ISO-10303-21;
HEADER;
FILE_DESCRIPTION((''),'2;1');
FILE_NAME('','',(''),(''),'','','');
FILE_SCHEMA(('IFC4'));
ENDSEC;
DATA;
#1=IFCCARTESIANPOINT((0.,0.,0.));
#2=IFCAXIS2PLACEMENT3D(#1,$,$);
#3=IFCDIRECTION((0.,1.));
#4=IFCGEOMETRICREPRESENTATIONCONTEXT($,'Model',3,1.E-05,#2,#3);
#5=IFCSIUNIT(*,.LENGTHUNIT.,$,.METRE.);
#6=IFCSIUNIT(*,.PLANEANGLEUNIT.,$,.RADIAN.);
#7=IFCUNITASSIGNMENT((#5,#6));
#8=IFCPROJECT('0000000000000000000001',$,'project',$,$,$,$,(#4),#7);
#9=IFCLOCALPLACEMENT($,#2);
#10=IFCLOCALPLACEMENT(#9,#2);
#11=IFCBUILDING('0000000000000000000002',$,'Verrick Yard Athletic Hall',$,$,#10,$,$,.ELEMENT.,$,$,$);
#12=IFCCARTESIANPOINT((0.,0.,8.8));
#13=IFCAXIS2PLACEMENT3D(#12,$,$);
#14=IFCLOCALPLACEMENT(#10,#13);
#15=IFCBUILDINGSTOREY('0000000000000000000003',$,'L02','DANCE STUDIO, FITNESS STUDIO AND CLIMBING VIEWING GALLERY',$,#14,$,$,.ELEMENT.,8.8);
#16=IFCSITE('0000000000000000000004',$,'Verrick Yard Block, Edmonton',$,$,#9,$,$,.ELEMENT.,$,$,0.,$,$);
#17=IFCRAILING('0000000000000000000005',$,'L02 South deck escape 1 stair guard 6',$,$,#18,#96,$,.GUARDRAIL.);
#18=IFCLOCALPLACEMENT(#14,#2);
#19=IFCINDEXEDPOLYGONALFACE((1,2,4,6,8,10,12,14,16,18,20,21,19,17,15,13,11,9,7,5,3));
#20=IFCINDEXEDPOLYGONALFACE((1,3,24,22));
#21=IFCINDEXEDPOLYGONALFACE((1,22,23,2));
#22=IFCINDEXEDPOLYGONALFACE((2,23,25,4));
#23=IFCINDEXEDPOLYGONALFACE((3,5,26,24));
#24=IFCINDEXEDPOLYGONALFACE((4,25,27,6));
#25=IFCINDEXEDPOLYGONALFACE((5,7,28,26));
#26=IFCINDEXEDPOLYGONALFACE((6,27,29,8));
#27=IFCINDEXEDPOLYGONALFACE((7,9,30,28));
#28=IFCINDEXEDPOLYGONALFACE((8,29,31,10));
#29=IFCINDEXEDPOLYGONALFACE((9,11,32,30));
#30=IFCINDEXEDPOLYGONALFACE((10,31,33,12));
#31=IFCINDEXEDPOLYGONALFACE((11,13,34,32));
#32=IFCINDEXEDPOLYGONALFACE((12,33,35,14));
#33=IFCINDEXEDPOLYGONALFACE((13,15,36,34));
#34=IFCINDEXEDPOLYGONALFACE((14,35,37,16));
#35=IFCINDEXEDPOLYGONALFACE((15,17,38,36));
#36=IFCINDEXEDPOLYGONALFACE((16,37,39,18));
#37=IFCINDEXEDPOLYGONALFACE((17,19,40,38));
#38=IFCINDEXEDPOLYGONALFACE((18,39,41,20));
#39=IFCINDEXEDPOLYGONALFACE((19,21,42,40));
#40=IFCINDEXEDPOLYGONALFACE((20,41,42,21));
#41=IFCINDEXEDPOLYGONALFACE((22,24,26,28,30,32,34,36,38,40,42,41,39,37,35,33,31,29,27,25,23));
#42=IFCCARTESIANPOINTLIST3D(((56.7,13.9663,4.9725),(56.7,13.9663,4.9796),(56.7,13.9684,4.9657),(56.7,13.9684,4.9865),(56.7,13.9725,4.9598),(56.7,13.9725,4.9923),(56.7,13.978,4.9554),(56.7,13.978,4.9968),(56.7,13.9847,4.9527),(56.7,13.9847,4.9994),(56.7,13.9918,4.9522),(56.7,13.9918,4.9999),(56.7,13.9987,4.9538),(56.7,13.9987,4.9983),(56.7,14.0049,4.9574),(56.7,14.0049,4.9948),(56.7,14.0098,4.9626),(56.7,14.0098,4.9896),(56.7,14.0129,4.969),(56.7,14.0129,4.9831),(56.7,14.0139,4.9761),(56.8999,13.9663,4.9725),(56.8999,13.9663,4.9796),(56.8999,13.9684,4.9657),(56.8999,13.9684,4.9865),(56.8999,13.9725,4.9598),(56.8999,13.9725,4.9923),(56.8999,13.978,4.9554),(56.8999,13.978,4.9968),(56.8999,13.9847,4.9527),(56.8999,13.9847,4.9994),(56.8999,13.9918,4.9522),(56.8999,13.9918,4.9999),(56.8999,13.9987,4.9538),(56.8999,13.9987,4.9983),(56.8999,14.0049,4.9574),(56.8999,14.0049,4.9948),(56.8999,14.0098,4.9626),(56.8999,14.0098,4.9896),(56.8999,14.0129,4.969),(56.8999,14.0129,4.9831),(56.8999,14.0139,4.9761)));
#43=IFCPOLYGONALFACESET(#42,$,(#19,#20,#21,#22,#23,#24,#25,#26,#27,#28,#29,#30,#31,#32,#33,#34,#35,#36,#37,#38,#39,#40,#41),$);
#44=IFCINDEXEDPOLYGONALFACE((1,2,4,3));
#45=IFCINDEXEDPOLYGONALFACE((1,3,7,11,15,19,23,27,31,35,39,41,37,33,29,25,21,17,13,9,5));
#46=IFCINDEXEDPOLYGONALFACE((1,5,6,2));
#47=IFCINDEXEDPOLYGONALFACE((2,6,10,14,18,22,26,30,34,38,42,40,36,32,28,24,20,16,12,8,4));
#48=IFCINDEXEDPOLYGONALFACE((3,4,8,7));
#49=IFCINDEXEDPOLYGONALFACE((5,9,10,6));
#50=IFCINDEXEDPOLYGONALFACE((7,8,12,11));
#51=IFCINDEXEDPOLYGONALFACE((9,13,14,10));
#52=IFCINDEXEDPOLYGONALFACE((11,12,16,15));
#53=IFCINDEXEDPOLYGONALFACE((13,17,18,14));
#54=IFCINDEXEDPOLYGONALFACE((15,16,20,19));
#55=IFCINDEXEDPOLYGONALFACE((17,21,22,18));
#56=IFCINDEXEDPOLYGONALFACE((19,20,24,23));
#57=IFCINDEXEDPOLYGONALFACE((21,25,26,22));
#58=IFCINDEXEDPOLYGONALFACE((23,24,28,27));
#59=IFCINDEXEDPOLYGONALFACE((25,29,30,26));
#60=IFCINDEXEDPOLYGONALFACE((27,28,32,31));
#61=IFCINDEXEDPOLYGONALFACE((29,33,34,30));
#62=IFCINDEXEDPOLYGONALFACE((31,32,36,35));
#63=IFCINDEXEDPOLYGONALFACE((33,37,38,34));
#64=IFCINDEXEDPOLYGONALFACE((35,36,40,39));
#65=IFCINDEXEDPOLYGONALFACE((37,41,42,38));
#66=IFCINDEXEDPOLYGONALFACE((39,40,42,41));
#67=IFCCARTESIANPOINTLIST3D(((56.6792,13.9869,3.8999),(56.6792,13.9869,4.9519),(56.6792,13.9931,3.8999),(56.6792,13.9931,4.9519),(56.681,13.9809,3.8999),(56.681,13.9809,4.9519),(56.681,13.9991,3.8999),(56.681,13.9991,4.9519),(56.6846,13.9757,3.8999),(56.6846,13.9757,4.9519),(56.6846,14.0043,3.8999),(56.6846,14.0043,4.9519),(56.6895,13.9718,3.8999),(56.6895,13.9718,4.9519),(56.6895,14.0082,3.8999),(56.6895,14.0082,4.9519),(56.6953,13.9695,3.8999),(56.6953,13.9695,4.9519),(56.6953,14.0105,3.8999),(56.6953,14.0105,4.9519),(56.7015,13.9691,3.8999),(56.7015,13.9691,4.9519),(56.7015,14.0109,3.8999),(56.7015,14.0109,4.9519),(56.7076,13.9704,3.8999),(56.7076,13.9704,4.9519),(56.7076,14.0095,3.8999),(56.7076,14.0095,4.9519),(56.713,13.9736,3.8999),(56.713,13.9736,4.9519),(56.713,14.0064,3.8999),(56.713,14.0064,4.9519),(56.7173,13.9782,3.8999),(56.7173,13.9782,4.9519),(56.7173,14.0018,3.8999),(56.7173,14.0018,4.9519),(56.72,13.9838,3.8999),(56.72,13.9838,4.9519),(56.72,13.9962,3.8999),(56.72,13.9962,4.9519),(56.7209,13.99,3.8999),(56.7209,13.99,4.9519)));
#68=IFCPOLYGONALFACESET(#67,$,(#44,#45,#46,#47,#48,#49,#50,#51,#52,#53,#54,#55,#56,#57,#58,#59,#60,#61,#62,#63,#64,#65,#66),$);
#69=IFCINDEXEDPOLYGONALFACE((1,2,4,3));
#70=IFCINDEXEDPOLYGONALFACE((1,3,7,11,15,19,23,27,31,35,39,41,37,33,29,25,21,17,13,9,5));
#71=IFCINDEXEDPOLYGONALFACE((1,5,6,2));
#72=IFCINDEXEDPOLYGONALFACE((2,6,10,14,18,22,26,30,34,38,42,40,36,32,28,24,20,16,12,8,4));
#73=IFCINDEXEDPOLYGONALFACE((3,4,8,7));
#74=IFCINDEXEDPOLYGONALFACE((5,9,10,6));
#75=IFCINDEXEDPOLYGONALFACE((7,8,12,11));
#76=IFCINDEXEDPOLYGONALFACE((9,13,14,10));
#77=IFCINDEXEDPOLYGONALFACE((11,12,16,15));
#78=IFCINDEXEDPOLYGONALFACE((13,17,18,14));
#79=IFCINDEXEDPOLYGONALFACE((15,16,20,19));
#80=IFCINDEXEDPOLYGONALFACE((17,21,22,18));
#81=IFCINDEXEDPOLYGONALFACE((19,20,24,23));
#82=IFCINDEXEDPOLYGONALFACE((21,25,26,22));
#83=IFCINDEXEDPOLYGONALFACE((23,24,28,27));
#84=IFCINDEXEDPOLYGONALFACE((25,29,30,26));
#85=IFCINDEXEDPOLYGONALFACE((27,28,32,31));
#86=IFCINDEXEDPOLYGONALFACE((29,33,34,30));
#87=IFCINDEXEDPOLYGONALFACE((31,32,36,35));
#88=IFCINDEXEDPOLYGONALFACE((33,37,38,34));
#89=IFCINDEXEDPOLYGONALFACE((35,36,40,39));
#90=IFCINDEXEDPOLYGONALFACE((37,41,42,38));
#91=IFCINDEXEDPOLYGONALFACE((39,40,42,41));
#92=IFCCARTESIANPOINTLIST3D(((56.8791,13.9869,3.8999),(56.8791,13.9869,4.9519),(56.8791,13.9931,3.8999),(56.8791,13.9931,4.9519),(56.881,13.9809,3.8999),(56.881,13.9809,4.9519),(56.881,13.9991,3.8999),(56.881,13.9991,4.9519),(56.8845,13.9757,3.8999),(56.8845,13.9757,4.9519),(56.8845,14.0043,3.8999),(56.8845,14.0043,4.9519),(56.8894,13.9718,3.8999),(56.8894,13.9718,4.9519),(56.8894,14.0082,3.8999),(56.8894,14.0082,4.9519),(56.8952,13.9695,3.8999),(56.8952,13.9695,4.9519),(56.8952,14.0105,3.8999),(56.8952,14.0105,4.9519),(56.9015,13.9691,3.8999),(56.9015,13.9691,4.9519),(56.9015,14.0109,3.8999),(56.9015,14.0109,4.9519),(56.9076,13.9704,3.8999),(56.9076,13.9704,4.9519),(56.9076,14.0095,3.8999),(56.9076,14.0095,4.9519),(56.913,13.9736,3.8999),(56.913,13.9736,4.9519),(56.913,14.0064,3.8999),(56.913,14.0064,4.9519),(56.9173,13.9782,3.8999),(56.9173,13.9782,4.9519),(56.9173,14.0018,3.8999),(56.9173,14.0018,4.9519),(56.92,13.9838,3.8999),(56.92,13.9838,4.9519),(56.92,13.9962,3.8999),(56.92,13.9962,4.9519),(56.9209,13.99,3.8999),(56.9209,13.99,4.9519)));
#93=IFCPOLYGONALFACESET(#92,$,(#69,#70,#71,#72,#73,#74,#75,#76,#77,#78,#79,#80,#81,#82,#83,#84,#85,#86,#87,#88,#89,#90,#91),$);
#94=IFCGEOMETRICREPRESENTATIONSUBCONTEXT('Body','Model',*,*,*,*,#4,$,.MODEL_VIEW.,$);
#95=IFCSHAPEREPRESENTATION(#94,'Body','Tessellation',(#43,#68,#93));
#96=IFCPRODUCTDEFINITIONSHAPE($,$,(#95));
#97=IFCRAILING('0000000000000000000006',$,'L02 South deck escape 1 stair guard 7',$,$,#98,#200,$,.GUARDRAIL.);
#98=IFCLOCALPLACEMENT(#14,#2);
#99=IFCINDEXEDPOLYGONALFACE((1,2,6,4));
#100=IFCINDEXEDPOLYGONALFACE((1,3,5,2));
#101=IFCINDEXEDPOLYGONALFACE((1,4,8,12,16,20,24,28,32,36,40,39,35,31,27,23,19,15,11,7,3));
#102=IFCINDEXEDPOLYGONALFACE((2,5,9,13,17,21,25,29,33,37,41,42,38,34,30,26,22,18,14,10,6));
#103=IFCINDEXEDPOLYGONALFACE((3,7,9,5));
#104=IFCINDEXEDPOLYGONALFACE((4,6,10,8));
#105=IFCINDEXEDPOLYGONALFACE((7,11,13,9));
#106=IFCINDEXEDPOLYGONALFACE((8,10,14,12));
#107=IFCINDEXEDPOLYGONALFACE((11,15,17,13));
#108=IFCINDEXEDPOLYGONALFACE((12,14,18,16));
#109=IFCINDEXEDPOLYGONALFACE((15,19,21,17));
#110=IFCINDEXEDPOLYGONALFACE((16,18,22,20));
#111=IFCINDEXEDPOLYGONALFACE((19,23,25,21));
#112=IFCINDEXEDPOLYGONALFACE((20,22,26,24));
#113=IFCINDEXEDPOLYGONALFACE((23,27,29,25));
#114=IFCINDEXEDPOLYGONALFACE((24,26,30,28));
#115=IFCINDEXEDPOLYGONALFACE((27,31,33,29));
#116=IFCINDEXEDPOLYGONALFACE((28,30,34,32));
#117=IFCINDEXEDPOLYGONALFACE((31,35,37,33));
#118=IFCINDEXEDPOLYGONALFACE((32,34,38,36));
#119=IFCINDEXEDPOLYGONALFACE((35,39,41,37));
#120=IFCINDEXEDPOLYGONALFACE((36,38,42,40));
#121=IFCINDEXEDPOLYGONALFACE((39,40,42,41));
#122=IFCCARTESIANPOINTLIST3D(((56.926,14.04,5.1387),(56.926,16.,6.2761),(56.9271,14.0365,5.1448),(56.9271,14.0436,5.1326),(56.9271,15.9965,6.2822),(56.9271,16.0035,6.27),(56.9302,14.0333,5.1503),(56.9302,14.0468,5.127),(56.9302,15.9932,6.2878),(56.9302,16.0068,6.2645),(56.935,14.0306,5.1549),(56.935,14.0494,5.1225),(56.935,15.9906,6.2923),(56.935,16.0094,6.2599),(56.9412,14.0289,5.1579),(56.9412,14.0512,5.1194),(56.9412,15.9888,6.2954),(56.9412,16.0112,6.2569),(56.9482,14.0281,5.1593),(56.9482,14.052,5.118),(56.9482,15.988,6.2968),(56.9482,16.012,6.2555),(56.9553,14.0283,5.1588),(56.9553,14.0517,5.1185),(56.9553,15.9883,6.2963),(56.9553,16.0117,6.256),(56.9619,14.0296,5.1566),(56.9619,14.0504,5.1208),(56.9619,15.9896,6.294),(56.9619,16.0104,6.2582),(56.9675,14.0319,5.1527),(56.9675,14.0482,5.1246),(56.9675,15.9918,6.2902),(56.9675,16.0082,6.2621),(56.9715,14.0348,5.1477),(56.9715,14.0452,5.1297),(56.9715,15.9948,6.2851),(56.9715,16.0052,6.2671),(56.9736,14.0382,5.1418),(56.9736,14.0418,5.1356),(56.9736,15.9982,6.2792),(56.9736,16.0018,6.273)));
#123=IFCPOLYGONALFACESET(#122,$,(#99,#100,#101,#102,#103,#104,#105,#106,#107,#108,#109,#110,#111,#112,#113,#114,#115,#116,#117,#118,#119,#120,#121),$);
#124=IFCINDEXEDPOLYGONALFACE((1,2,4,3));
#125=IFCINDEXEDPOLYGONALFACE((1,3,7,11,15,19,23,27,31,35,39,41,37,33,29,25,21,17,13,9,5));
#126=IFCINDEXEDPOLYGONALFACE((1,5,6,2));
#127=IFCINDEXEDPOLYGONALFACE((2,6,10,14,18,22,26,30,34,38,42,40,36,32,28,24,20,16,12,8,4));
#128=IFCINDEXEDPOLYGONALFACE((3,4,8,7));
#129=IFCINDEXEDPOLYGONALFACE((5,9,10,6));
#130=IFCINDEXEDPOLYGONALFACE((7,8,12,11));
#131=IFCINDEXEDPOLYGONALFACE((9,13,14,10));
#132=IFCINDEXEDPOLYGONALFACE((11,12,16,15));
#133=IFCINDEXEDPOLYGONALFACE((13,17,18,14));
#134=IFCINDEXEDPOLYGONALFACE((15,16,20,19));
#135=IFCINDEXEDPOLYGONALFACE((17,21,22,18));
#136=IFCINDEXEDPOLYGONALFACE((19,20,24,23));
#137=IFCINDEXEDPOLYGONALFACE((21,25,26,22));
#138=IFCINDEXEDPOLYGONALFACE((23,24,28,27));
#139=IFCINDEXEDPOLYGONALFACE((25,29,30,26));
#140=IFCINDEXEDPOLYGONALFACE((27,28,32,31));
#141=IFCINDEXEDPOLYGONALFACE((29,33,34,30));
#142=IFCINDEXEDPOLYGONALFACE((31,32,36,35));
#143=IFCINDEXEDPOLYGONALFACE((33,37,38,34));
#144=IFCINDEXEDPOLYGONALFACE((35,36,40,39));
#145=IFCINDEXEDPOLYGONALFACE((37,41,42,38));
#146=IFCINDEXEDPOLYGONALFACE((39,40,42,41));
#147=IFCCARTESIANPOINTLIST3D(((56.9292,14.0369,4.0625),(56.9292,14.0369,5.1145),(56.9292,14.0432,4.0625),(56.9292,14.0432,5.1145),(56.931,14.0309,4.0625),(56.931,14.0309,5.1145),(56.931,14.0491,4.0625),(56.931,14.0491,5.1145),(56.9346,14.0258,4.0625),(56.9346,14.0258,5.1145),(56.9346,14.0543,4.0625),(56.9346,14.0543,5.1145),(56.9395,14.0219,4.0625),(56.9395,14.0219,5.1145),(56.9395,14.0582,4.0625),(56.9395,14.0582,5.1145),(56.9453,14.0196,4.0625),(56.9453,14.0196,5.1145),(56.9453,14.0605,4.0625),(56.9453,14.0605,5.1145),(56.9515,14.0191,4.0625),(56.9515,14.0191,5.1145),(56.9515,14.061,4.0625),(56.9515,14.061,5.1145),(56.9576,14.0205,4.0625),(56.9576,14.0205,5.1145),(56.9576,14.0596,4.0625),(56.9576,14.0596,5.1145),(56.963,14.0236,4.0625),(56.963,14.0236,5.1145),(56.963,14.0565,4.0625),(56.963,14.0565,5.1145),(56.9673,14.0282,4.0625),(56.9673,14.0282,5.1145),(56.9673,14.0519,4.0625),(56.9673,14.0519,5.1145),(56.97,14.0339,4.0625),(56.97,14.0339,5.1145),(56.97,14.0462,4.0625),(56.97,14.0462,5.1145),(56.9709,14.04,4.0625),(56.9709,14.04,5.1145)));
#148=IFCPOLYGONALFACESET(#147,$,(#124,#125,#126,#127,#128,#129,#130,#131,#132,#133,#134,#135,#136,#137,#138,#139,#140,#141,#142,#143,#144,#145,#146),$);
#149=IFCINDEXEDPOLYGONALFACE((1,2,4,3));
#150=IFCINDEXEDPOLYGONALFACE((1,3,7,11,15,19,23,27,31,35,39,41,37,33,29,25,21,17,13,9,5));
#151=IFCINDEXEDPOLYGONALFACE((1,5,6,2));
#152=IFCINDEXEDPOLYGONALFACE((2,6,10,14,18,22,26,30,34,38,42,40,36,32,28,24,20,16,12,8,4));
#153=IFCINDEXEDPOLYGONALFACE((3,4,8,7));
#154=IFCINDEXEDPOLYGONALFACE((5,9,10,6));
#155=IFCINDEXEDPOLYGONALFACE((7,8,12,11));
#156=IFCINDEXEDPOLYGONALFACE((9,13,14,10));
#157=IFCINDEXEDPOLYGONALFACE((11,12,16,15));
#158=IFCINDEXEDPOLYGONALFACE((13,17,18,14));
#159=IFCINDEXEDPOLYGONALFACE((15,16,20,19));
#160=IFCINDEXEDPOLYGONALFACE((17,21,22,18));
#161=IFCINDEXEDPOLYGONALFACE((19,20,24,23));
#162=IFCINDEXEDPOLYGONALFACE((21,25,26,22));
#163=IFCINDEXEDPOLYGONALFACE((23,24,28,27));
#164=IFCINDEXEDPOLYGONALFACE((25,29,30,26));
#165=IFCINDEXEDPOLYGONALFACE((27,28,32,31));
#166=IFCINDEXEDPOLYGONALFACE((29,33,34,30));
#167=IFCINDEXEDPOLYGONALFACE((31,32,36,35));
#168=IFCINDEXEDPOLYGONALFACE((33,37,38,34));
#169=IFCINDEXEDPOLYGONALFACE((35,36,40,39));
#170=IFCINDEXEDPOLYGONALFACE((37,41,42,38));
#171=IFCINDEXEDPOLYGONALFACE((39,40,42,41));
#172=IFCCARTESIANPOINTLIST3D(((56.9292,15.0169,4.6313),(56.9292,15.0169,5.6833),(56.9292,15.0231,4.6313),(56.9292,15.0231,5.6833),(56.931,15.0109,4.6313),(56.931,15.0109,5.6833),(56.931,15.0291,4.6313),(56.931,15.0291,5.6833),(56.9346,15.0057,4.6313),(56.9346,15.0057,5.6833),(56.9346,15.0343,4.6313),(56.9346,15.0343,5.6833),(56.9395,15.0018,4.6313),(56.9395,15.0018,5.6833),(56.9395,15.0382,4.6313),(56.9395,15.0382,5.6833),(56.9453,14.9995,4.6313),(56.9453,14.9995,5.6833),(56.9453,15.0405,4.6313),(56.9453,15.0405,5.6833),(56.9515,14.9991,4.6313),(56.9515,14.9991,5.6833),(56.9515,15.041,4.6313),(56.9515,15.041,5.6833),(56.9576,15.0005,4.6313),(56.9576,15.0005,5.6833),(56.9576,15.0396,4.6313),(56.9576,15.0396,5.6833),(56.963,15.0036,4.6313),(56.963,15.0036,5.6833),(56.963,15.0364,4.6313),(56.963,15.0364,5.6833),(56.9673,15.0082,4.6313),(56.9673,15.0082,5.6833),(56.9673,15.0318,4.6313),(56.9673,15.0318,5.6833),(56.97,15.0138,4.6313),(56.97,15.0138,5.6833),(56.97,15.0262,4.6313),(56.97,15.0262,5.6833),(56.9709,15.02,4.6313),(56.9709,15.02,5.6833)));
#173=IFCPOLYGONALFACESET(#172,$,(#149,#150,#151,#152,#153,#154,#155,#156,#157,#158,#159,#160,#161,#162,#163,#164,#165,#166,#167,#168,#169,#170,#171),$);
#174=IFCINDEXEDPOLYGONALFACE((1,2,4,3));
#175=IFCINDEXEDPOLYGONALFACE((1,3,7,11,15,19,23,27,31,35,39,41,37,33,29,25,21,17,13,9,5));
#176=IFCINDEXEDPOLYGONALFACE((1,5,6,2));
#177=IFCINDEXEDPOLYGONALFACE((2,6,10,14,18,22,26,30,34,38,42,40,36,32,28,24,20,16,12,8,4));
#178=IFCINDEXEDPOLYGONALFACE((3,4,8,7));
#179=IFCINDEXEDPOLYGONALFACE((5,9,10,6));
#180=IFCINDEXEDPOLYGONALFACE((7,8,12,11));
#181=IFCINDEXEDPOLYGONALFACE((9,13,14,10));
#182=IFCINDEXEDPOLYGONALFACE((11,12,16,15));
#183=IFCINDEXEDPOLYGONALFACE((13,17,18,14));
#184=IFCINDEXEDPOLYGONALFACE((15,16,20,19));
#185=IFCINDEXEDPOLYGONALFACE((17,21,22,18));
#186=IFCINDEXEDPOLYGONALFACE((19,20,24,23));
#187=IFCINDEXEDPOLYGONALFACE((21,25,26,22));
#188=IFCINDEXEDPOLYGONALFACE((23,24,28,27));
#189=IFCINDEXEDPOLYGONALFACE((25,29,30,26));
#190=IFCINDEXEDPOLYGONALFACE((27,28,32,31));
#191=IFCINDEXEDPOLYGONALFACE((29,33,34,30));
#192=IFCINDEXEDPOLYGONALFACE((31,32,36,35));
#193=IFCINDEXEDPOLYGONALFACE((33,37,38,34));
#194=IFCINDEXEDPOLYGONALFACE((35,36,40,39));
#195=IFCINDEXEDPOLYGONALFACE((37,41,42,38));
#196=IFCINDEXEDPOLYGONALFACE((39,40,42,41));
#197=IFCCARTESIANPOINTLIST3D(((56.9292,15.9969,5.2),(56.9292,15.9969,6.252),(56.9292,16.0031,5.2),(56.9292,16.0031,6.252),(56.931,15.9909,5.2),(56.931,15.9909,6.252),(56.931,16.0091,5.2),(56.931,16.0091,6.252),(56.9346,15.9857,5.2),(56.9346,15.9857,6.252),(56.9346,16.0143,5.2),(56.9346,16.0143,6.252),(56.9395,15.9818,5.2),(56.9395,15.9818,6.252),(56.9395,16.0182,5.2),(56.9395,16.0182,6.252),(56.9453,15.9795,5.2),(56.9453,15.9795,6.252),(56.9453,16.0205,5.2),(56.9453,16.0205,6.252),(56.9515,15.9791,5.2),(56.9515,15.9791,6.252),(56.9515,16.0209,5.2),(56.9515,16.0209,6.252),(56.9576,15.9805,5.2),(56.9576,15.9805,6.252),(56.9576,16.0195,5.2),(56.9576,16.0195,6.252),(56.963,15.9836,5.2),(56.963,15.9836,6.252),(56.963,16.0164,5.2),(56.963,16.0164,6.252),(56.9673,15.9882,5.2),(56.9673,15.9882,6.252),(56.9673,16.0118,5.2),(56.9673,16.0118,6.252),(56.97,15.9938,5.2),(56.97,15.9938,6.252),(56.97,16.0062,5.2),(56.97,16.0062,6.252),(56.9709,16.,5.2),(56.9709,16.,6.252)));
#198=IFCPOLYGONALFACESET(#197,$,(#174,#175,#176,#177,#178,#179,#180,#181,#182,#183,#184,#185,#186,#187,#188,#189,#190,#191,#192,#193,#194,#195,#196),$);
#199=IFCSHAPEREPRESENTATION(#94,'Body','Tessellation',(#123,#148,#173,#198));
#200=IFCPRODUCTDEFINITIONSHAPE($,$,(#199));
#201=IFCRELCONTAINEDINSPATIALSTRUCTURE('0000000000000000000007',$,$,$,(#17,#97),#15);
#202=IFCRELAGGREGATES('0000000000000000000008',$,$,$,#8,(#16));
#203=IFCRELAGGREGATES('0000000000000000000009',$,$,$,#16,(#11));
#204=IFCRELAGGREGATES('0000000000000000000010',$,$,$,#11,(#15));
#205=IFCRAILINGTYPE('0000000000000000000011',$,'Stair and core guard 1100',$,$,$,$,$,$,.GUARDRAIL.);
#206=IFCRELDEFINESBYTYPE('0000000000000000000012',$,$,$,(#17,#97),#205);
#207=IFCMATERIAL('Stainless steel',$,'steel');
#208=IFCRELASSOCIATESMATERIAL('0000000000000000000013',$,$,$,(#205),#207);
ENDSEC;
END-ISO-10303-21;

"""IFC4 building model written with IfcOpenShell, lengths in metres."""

from ifc_helpers import new_model, si_unit, direction, frame, origin, origin_2d, place, context, subcontext, project, spatial, circle, extrude, material, type_object, element, save


model = new_model("IFC4")

# Units and contexts
model_context = context("Model", 3, precision=1e-05, world=origin(), true_north=direction((0.0, 1.0)))
body_context = subcontext(model_context, "Body", "Model", "MODEL_VIEW")
ifc_project = project(units=[si_unit("LENGTHUNIT", "METRE"), si_unit("PLANEANGLEUNIT", "RADIAN")], contexts=[model_context])

# Site, building, storey
site_placement = place(None, origin())
site = spatial("IfcSite", under=ifc_project, at=site_placement, Name="Verrick Yard Block, Edmonton", CompositionType="ELEMENT", RefElevation=0.0)
building_placement = place(site_placement, origin())
building = spatial("IfcBuilding", under=site, at=building_placement, Name="Verrick Yard Athletic Hall", CompositionType="ELEMENT")
storey_placement = place(building_placement, frame((0.0, 0.0, 8.8)))
storey = spatial("IfcBuildingStorey", under=building, at=storey_placement, Name="L02", Description="DANCE STUDIO, FITNESS STUDIO AND CLIMBING VIEWING GALLERY", CompositionType="ELEMENT", Elevation=8.8)

# Railings
ifc_material_1 = material(Name="Stainless steel", Category="steel")
railing_type_1 = type_object("IfcRailingType", Name="Stair and core guard 1100", PredefinedType="GUARDRAIL", material=ifc_material_1)
railing_1_placement = place(storey_placement, frame((56.7, 13.99, 3.8999)))
element("IfcRailing", 1, at=railing_1_placement, inside=storey, type_object=railing_type_1, Name="L02 South deck escape 1 stair guard 6", PredefinedType="GUARDRAIL", context=body_context, shape_type="SweptSolid", body=[
    extrude(circle(Radius=0.0239, at=origin_2d()), frame((0.0, 0.0, 1.0762), z_axis=(1.0, 0.0, 0.0), x_axis=(0.0, 1.0, 0.0)), (0.0, 0.0, 1.0), 0.2),
    extrude(circle(Radius=0.021, at=origin_2d()), origin(), (0.0, 0.0, 1.0), 1.052),
    extrude(circle(Radius=0.021, at=origin_2d()), frame((0.2, 0.0, 0.0)), (0.0, 0.0, 1.0), 1.052),
])
railing_2_placement = place(storey_placement, frame((56.95, 14.04, 4.0625)))
element("IfcRailing", 2, at=railing_2_placement, inside=storey, type_object=railing_type_1, Name="L02 South deck escape 1 stair guard 7", PredefinedType="GUARDRAIL", context=body_context, shape_type="SweptSolid", body=[
    extrude(circle(Radius=0.0239, at=origin_2d()), frame((0.0, 0.0, 1.0762), z_axis=(0.0, 0.864902, 0.501941), x_axis=(-1.0, 0.0, 0.0)), (0.0, 0.0, 1.0), 2.2661),
    extrude(circle(Radius=0.021, at=origin_2d()), origin(), (0.0, 0.0, 1.0), 1.052),
    extrude(circle(Radius=0.021, at=origin_2d()), frame((0.0, 0.98, 0.5688)), (0.0, 0.0, 1.0), 1.052),
    extrude(circle(Radius=0.021, at=origin_2d()), frame((0.0, 1.96, 1.1375)), (0.0, 0.0, 1.0), 1.052),
])

save(model, "model.ifc")
